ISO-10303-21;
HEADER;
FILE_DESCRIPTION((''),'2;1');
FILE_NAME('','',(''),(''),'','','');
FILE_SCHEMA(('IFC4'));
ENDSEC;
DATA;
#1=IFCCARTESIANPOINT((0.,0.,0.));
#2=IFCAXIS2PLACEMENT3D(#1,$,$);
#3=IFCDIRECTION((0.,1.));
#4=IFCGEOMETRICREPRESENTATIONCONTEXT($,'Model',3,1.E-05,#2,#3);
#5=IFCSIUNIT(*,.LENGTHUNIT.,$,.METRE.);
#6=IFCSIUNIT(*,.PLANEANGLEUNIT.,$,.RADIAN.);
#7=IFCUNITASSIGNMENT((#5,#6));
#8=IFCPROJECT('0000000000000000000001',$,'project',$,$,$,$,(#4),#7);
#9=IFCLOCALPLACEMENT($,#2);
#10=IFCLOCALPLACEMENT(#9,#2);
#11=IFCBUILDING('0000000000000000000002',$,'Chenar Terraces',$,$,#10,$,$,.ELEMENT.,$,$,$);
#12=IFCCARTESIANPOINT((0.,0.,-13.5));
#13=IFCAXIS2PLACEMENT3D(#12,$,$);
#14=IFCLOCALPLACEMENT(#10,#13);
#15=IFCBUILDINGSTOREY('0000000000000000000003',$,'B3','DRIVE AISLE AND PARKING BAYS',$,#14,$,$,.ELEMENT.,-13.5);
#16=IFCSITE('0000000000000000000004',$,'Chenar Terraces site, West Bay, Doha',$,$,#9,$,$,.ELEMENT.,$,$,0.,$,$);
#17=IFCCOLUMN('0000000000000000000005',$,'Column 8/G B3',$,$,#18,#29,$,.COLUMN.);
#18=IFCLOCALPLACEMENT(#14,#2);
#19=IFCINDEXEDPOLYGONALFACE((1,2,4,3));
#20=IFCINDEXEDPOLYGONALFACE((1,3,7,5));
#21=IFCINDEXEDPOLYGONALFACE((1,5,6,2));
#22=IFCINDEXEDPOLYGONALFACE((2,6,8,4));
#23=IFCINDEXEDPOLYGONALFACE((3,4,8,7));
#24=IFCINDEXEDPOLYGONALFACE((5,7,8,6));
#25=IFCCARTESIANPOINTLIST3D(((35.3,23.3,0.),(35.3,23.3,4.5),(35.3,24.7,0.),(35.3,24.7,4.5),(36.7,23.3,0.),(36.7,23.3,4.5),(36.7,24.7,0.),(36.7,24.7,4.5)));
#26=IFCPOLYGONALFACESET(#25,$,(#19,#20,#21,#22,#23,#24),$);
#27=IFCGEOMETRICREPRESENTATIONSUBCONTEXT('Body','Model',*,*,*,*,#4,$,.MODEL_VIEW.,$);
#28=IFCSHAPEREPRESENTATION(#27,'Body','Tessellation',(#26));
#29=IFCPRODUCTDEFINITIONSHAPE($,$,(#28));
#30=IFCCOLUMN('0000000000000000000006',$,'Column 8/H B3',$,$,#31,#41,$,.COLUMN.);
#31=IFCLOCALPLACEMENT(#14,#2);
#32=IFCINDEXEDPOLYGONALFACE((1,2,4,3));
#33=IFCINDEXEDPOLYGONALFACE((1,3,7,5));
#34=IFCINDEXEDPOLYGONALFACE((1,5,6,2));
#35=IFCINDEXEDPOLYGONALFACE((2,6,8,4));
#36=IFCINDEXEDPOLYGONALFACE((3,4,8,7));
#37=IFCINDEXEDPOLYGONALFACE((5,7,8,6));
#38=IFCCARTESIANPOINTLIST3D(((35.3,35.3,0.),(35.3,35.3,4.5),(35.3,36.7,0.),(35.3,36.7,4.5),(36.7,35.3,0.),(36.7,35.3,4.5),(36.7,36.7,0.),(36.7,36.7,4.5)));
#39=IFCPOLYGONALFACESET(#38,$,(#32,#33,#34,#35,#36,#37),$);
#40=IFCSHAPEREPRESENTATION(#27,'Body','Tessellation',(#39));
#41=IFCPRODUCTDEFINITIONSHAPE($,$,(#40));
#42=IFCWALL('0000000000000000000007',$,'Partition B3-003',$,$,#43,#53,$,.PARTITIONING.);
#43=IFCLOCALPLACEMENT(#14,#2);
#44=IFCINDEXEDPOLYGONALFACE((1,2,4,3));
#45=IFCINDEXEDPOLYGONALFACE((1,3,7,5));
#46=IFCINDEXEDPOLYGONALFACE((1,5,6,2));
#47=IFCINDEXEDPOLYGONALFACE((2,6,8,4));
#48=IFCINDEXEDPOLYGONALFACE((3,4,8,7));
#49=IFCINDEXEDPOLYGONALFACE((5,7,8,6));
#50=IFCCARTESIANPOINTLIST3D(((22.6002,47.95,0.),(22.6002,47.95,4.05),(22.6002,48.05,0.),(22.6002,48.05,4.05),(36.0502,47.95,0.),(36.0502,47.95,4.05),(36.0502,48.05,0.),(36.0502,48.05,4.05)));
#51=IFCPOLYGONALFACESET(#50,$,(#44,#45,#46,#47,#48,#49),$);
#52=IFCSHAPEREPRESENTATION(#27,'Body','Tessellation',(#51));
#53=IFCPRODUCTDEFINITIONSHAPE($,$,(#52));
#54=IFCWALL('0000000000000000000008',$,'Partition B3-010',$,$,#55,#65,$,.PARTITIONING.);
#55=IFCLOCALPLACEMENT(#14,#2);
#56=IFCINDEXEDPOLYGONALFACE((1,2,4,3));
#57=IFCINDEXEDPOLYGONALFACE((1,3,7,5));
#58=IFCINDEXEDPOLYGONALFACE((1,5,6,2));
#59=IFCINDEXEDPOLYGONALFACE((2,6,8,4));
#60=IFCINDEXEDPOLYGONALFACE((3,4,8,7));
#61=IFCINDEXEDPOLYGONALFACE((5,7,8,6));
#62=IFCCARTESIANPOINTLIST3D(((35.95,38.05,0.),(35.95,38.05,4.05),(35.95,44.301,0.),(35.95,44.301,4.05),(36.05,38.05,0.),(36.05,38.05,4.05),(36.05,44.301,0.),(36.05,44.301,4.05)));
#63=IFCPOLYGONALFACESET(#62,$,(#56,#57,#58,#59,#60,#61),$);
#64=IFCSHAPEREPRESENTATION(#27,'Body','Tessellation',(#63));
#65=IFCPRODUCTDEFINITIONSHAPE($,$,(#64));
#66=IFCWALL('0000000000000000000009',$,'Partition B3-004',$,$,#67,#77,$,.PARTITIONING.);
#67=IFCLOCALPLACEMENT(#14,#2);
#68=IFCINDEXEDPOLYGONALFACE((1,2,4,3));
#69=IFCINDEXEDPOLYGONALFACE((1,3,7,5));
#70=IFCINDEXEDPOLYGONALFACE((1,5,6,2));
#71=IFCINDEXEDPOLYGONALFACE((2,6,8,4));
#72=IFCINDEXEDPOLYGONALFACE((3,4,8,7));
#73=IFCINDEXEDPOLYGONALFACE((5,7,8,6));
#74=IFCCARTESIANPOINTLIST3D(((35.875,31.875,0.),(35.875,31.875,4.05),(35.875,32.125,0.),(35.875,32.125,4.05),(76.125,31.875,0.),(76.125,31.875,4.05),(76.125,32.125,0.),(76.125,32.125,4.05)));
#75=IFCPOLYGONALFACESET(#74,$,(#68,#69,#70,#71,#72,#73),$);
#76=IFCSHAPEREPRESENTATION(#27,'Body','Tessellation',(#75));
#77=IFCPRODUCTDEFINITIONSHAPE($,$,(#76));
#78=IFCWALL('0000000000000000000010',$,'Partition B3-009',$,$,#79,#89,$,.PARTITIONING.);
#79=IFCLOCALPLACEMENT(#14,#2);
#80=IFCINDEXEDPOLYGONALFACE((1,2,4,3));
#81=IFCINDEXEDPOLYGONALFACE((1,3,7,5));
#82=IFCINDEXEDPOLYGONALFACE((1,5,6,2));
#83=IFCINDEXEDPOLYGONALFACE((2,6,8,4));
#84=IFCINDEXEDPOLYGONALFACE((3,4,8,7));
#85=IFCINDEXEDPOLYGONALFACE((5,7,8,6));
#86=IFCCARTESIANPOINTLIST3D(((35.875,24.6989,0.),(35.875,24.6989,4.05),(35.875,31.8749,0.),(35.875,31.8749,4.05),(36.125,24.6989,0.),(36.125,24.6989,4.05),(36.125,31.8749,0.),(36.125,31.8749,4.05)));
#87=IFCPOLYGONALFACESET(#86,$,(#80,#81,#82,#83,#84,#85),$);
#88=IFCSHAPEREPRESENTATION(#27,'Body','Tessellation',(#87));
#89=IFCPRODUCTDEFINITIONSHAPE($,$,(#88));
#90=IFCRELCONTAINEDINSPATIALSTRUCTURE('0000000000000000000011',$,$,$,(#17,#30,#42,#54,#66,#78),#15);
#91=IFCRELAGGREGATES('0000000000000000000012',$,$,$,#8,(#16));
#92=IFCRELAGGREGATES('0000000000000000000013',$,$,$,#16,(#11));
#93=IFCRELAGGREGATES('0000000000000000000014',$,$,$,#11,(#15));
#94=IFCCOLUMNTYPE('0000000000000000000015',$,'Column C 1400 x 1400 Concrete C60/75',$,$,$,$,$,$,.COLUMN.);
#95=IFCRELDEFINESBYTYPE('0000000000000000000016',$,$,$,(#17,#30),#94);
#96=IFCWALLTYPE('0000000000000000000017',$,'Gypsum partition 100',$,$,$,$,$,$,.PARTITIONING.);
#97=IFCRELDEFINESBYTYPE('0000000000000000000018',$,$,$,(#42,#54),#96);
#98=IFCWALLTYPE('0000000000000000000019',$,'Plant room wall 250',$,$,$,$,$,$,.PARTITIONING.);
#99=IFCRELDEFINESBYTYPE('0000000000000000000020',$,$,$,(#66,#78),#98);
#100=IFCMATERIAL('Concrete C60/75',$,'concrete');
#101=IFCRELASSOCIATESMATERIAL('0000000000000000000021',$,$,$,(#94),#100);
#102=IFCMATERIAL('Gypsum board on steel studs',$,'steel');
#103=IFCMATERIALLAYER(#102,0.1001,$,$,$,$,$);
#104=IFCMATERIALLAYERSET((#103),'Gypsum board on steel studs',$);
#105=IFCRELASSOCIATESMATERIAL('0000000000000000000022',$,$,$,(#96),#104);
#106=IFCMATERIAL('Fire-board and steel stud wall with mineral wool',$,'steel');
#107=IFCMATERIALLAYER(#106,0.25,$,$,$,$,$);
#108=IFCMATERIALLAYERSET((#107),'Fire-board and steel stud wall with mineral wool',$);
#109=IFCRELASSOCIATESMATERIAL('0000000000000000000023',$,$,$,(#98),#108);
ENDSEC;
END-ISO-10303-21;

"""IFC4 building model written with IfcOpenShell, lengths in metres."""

from ifc_helpers import new_model, si_unit, direction, frame, frame_2d, origin, origin_2d, place, context, subcontext, project, spatial, rectangle, extrude, material, layer, layer_set, material_profile, profile_set, type_object, element, save


model = new_model("IFC4")

# Units and contexts
model_context = context("Model", 3, precision=1e-05, world=origin(), true_north=direction((0.0, 1.0)))
body_context = subcontext(model_context, "Body", "Model", "MODEL_VIEW")
ifc_project = project(units=[si_unit("LENGTHUNIT", "METRE"), si_unit("PLANEANGLEUNIT", "RADIAN")], contexts=[model_context])

# Site, building, storey
site_placement = place(None, origin())
site = spatial("IfcSite", under=ifc_project, at=site_placement, Name="Chenar Terraces site, West Bay, Doha", CompositionType="ELEMENT", RefElevation=0.0)
building_placement = place(site_placement, origin())
building = spatial("IfcBuilding", under=site, at=building_placement, Name="Chenar Terraces", CompositionType="ELEMENT")
storey_placement = place(building_placement, frame((0.0, 0.0, -13.5)))
storey = spatial("IfcBuildingStorey", under=building, at=storey_placement, Name="B3", Description="DRIVE AISLE AND PARKING BAYS", CompositionType="ELEMENT", Elevation=-13.5)

# Columns
ifc_material_1 = material(Name="Concrete C60/75", Category="concrete")
ifc_material_profile_1 = material_profile(ifc_material_1, rectangle(XDim=1.3999, YDim=1.3999, at=origin_2d()), Name="C 1400 x 1400")
ifc_profile_set_1 = profile_set([ifc_material_profile_1], Name="Concrete C60/75")
column_type = type_object("IfcColumnType", Name="Column C 1400 x 1400 Concrete C60/75", PredefinedType="COLUMN", material=ifc_profile_set_1)
for number, where, z_axis, x_axis, name in (
    (1, (36.0, 24.0, 0.0), (0.0, 0.0, 1.0), (1.0, 0.0, 0.0), "Column 8/G B3"),
    (2, (36.0, 36.0, 0.0), (0.0, 0.0, 1.0), (1.0, 0.0, 0.0), "Column 8/H B3"),
):
    element("IfcColumn", number, at=place(storey_placement, frame(where, z_axis=z_axis, x_axis=x_axis)), inside=storey, type_object=column_type, Name=name, PredefinedType="COLUMN", context=body_context, shape_type="SweptSolid", body=[
        extrude(rectangle(XDim=1.3999, YDim=1.3999, at=origin_2d()), origin(), (0.0, 0.0, 1.0), 4.5),
    ])

# Walls
ifc_material_2 = material(Name="Gypsum board on steel studs", Category="steel")
ifc_layer_1 = layer(ifc_material_2, 0.1001)
ifc_layer_set_1 = layer_set([ifc_layer_1], Name="Gypsum board on steel studs")
wall_type_1 = type_object("IfcWallType", Name="Gypsum partition 100", PredefinedType="PARTITIONING", material=ifc_layer_set_1)
wall_1_placement = place(storey_placement, frame((22.6001, 48.0, 0.0), z_axis=(0.0, 0.0, 1.0), x_axis=(1.0, 0.0, 0.0)))
element("IfcWall", 3, at=wall_1_placement, inside=storey, type_object=wall_type_1, Name="Partition B3-003", PredefinedType="PARTITIONING", context=body_context, shape_type="SweptSolid", body=[
    extrude(rectangle(XDim=13.45, YDim=0.1001, at=frame_2d((6.7251, 0.0))), origin(), (0.0, 0.0, 1.0), 4.05),
])
wall_2_placement = place(storey_placement, frame((36.0, 38.05, 0.0), z_axis=(0.0, 0.0, 1.0), x_axis=(0.0, 1.0, 0.0)))
element("IfcWall", 4, at=wall_2_placement, inside=storey, type_object=wall_type_1, Name="Partition B3-010", PredefinedType="PARTITIONING", context=body_context, shape_type="SweptSolid", body=[
    extrude(rectangle(XDim=6.251, YDim=0.1001, at=frame_2d((3.1255, 0.0))), origin(), (0.0, 0.0, 1.0), 4.05),
])
ifc_material_3 = material(Name="Fire-board and steel stud wall with mineral wool", Category="steel")
ifc_layer_2 = layer(ifc_material_3, 0.25)
ifc_layer_set_2 = layer_set([ifc_layer_2], Name="Fire-board and steel stud wall with mineral wool")
wall_type_2 = type_object("IfcWallType", Name="Plant room wall 250", PredefinedType="PARTITIONING", material=ifc_layer_set_2)
wall_3_placement = place(storey_placement, frame((35.875, 32.0, 0.0), z_axis=(0.0, 0.0, 1.0), x_axis=(1.0, 0.0, 0.0)))
element("IfcWall", 5, at=wall_3_placement, inside=storey, type_object=wall_type_2, Name="Partition B3-004", PredefinedType="PARTITIONING", context=body_context, shape_type="SweptSolid", body=[
    extrude(rectangle(XDim=40.25, YDim=0.25, at=frame_2d((20.125, 0.0))), origin(), (0.0, 0.0, 1.0), 4.05),
])
wall_4_placement = place(storey_placement, frame((36.0, 24.699, 0.0), z_axis=(0.0, 0.0, 1.0), x_axis=(0.0, 1.0, 0.0)))
element("IfcWall", 6, at=wall_4_placement, inside=storey, type_object=wall_type_2, Name="Partition B3-009", PredefinedType="PARTITIONING", context=body_context, shape_type="SweptSolid", body=[
    extrude(rectangle(XDim=7.176, YDim=0.25, at=frame_2d((3.5879, 0.0))), origin(), (0.0, 0.0, 1.0), 4.05),
])

save(model, "model.ifc")
